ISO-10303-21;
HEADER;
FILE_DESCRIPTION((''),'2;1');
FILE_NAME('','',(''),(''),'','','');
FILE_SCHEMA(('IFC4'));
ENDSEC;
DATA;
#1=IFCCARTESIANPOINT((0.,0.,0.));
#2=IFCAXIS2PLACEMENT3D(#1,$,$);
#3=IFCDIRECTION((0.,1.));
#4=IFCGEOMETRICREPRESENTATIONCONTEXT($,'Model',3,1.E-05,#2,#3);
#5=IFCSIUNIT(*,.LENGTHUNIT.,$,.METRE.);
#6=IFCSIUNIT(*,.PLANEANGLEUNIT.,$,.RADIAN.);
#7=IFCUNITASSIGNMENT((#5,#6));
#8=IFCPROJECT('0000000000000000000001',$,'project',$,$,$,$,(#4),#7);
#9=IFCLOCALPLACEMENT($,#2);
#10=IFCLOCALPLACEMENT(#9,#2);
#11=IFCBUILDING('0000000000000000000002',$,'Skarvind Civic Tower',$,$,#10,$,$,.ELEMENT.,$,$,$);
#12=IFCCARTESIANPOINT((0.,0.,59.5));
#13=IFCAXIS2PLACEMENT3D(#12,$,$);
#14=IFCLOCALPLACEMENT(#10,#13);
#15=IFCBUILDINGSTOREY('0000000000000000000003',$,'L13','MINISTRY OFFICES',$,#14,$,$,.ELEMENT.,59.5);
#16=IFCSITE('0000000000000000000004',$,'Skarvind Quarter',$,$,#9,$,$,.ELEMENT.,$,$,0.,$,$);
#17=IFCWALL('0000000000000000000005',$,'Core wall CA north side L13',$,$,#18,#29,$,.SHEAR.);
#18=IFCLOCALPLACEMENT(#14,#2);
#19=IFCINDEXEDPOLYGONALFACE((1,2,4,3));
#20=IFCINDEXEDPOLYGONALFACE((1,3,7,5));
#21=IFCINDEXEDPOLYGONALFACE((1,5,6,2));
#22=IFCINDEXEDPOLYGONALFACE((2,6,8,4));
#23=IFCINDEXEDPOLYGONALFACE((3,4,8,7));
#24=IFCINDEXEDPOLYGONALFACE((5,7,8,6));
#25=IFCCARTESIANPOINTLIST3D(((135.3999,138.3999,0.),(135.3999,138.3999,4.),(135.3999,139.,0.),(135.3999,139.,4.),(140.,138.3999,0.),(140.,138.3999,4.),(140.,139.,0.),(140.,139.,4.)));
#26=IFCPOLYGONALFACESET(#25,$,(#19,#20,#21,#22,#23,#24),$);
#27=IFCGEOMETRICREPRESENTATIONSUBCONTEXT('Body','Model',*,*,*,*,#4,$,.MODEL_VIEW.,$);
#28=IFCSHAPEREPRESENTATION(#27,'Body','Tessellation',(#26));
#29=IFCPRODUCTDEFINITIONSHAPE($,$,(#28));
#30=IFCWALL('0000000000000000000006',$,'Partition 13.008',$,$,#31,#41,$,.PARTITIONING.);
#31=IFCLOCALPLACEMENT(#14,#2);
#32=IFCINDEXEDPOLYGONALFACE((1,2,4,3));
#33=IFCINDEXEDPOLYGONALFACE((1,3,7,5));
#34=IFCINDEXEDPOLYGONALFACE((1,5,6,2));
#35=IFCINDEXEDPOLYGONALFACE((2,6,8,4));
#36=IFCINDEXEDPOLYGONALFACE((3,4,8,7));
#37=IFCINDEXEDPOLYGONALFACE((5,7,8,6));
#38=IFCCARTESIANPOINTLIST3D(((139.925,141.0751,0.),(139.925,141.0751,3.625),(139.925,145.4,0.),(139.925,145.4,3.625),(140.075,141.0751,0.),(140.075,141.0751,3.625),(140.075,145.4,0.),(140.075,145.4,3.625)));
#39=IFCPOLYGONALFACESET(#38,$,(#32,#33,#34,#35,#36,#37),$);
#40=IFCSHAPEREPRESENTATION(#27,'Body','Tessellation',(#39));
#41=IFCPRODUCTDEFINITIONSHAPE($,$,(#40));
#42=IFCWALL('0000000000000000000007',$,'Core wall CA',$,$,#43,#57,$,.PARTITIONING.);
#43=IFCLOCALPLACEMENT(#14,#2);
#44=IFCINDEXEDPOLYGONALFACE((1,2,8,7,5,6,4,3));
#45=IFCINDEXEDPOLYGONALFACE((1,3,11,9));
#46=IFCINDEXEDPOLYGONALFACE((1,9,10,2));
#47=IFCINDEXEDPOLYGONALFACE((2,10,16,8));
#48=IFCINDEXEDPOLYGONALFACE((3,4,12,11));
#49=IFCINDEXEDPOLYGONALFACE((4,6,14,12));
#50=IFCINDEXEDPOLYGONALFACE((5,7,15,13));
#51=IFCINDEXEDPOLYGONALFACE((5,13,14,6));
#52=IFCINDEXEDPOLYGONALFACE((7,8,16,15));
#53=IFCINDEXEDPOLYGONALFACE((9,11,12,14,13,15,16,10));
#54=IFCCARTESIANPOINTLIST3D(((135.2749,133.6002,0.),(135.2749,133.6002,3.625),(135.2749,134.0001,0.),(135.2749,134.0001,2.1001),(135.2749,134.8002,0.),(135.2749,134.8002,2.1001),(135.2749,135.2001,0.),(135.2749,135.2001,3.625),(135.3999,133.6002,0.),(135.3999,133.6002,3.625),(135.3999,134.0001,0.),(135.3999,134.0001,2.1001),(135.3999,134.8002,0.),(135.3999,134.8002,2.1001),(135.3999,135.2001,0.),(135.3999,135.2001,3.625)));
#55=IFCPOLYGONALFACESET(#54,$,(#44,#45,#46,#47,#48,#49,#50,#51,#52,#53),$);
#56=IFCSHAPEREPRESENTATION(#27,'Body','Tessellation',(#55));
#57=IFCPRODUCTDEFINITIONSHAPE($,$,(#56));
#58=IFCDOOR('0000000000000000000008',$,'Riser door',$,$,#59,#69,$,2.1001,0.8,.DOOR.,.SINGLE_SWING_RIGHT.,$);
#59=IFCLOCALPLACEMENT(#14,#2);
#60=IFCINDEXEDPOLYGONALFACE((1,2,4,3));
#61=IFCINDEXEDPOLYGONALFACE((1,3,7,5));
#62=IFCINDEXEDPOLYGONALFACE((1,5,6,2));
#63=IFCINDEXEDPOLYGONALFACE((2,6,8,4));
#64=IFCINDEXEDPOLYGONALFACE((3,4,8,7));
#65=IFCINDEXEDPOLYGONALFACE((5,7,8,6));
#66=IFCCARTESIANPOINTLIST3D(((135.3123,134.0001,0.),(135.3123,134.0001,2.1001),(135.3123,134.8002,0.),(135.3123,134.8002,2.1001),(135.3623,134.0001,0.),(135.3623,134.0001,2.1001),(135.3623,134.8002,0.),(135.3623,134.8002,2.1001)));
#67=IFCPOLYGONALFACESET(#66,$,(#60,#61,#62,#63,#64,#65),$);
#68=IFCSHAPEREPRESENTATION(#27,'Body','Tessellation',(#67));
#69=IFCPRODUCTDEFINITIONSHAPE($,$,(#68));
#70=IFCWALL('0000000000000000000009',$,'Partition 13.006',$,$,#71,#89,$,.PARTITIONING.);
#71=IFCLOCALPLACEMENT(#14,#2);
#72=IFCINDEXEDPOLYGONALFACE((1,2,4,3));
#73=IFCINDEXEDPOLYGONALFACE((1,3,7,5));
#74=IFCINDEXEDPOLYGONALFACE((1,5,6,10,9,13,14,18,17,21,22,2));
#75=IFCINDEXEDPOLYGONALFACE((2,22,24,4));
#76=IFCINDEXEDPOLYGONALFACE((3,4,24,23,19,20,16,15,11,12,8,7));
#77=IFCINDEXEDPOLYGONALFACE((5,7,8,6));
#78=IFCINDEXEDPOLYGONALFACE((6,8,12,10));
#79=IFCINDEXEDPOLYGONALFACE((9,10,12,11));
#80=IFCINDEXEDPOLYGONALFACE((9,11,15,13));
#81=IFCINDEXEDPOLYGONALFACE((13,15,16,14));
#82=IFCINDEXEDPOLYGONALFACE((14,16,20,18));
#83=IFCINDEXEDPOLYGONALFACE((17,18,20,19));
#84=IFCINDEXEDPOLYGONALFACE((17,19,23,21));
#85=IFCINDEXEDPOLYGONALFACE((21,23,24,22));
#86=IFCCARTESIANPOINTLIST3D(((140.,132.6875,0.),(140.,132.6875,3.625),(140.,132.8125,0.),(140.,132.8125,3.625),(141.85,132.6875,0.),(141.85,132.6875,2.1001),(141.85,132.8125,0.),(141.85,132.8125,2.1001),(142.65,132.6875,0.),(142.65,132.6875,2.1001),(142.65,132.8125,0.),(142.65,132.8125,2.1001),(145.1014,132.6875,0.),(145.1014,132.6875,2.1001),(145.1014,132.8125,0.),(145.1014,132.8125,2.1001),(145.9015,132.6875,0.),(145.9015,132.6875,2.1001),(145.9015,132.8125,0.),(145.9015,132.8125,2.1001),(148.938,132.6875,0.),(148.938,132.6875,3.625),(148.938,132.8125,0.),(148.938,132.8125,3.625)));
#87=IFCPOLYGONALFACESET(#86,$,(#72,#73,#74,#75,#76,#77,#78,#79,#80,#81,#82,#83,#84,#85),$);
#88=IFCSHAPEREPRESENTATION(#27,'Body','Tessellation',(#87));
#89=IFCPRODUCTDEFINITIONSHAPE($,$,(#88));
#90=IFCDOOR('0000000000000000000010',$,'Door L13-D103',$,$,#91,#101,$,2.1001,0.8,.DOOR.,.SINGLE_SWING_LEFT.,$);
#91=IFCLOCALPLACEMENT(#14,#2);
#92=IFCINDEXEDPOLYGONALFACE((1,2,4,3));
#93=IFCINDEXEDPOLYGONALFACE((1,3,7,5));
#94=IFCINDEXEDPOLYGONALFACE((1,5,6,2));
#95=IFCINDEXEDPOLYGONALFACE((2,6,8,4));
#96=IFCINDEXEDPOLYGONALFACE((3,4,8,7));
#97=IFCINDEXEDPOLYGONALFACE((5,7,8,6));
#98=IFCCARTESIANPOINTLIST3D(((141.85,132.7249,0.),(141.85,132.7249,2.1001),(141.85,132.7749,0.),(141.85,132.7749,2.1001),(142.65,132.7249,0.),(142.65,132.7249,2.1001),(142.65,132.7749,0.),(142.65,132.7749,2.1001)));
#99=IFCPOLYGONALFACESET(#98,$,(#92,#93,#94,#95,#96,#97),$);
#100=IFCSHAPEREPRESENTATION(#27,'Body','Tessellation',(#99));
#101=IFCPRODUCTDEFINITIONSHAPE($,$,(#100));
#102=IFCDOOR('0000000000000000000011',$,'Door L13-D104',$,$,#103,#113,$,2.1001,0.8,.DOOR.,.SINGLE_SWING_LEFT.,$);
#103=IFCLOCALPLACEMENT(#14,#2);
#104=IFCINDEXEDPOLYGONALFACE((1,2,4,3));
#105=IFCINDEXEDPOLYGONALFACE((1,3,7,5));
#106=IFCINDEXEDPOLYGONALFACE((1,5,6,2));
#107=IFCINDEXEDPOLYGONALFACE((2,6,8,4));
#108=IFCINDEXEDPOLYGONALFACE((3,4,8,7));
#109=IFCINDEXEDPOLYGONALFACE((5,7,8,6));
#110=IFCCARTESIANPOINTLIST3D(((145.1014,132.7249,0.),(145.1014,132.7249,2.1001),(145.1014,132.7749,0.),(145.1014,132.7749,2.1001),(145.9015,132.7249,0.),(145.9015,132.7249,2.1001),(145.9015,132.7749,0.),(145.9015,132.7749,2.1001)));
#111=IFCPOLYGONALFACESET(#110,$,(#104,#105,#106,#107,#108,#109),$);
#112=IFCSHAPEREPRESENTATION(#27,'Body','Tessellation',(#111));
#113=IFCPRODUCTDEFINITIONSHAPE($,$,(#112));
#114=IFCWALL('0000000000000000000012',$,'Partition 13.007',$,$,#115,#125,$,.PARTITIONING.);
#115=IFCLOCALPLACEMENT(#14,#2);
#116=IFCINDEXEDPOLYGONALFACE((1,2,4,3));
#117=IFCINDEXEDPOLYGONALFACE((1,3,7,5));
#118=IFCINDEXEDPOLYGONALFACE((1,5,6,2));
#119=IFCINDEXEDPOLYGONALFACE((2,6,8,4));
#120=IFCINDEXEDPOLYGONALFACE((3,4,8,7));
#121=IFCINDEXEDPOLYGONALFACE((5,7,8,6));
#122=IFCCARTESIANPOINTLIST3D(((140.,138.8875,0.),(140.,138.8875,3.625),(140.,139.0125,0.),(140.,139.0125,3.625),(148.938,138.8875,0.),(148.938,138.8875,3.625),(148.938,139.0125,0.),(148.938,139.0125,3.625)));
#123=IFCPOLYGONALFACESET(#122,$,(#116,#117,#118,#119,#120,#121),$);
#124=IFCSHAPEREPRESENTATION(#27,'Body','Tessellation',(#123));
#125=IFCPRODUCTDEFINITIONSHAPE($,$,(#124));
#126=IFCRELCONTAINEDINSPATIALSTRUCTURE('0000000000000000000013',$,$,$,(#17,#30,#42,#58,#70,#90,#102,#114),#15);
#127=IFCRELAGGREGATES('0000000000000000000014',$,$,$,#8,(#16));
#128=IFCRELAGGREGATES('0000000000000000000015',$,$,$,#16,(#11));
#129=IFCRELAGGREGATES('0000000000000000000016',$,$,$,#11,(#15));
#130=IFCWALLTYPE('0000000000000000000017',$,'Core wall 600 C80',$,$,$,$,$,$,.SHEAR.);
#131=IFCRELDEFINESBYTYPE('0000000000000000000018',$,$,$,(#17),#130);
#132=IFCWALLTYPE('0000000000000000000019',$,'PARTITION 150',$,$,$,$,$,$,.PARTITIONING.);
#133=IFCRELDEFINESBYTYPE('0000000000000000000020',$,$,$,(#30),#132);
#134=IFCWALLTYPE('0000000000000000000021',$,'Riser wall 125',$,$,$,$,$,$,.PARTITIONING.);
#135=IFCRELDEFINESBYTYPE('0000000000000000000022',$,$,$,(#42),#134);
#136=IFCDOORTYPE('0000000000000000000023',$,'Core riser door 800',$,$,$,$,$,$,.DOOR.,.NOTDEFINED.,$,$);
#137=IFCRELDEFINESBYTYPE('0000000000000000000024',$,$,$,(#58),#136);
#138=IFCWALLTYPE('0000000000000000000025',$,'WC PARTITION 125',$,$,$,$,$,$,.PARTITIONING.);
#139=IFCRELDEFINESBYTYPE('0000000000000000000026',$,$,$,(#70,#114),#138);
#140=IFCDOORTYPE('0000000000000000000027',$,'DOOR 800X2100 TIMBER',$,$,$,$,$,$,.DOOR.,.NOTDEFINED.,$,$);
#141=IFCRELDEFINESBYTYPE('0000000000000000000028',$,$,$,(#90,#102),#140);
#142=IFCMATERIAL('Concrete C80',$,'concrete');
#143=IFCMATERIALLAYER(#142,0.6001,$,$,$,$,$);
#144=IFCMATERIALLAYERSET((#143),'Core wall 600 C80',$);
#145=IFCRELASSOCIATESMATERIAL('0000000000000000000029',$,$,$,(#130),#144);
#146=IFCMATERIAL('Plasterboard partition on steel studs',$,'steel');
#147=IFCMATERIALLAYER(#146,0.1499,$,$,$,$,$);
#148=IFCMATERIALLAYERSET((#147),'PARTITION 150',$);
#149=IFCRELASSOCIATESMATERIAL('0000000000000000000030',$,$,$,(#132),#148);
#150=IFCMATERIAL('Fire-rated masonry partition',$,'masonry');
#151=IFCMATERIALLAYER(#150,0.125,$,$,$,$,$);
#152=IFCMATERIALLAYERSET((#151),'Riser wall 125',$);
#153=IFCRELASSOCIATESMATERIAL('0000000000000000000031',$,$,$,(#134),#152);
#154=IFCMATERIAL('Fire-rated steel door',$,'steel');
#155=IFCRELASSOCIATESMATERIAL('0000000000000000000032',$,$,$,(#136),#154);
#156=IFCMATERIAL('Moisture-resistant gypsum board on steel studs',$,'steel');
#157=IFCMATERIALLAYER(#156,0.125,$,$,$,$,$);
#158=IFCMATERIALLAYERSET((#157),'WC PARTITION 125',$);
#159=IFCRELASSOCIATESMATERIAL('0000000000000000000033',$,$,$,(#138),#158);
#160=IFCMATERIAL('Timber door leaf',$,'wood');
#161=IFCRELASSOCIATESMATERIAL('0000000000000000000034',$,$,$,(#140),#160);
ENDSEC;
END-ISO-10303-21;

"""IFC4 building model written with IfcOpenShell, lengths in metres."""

from ifc_helpers import new_model, si_unit, direction, frame, frame_2d, origin, place, context, subcontext, project, spatial, rectangle, extrude, material, layer, layer_set, type_object, element, fill, save


model = new_model("IFC4")

# Units and contexts
model_context = context("Model", 3, precision=1e-05, world=origin(), true_north=direction((0.0, 1.0)))
body_context = subcontext(model_context, "Body", "Model", "MODEL_VIEW")
ifc_project = project(units=[si_unit("LENGTHUNIT", "METRE"), si_unit("PLANEANGLEUNIT", "RADIAN")], contexts=[model_context])

# Site, building, storey
site_placement = place(None, origin())
site = spatial("IfcSite", under=ifc_project, at=site_placement, Name="Skarvind Quarter", CompositionType="ELEMENT", RefElevation=0.0)
building_placement = place(site_placement, origin())
building = spatial("IfcBuilding", under=site, at=building_placement, Name="Skarvind Civic Tower", CompositionType="ELEMENT")
storey_placement = place(building_placement, frame((0.0, 0.0, 59.5)))
storey = spatial("IfcBuildingStorey", under=building, at=storey_placement, Name="L13", Description="MINISTRY OFFICES", CompositionType="ELEMENT", Elevation=59.5)

# Shared definitions
ifc_material_1 = material(Name="Timber door leaf", Category="wood")

# Shared definitions
ifc_material_2 = material(Name="Fire-rated masonry partition", Category="masonry")
ifc_material_3 = material(Name="Fire-rated steel door", Category="steel")
ifc_material_4 = material(Name="Concrete C80", Category="concrete")

# Walls
ifc_layer_1 = layer(ifc_material_4, 0.6001)
ifc_layer_set_1 = layer_set([ifc_layer_1], Name="Core wall 600 C80")
wall_type_1 = type_object("IfcWallType", Name="Core wall 600 C80", PredefinedType="SHEAR", material=ifc_layer_set_1)
wall_1_placement = place(storey_placement, frame((135.3999, 138.7, 0.0), z_axis=(0.0, 0.0, 1.0), x_axis=(1.0, 0.0, 0.0)))
element("IfcWall", 1, at=wall_1_placement, inside=storey, type_object=wall_type_1, Name="Core wall CA north side L13", PredefinedType="SHEAR", context=body_context, shape_type="SweptSolid", body=[
    extrude(rectangle(XDim=4.6001, YDim=0.6001, at=frame_2d((2.3, 0.0))), origin(), (0.0, 0.0, 1.0), 4.0),
])
ifc_material_5 = material(Name="Plasterboard partition on steel studs", Category="steel")
ifc_layer_2 = layer(ifc_material_5, 0.1499)
ifc_layer_set_2 = layer_set([ifc_layer_2], Name="PARTITION 150")
wall_type_2 = type_object("IfcWallType", Name="PARTITION 150", PredefinedType="PARTITIONING", material=ifc_layer_set_2)
wall_2_placement = place(storey_placement, frame((140.0, 141.075, 0.0), z_axis=(0.0, 0.0, 1.0), x_axis=(0.0, 1.0, 0.0)))
element("IfcWall", 2, at=wall_2_placement, inside=storey, type_object=wall_type_2, Name="Partition 13.008", PredefinedType="PARTITIONING", context=body_context, shape_type="SweptSolid", body=[
    extrude(rectangle(XDim=4.325, YDim=0.1499, at=frame_2d((2.1626, 0.0))), origin(), (0.0, 0.0, 1.0), 3.625),
])

# Wall, opening, door
ifc_layer_3 = layer(ifc_material_2, 0.125)
ifc_layer_set_3 = layer_set([ifc_layer_3], Name="Riser wall 125")
wall_type_3 = type_object("IfcWallType", Name="Riser wall 125", PredefinedType="PARTITIONING", material=ifc_layer_set_3)
wall_3_placement = place(storey_placement, frame((135.3374, 135.2, 0.0), z_axis=(0.0, 0.0, 1.0), x_axis=(0.0, -1.0, 0.0)))
wall_3 = element("IfcWall", 3, at=wall_3_placement, inside=storey, type_object=wall_type_3, Name="Core wall CA", PredefinedType="PARTITIONING", context=body_context, shape_type="SweptSolid", body=[
    extrude(rectangle(XDim=1.5999, YDim=0.125, at=frame_2d((0.7998, 0.0))), origin(), (0.0, 0.0, 1.0), 3.625),
])
opening_1_placement = place(wall_3_placement, frame((0.3999, 0.0, 0.0)))
opening_1 = element("IfcOpeningElement", 4, at=opening_1_placement, cuts=wall_3, PredefinedType="OPENING", context=body_context, shape_type="SweptSolid", body=[
    extrude(rectangle(XDim=0.8, YDim=2.1001, at=frame_2d((0.3999, 1.05))), frame((0.0, 0.0725, 0.0), z_axis=(0.0, -1.0, 0.0), x_axis=(1.0, 0.0, 0.0)), (0.0, 0.0, 1.0), 0.145),
])
door_type_1 = type_object("IfcDoorType", Name="Core riser door 800", OperationType="NOTDEFINED", PredefinedType="DOOR", material=ifc_material_3)
door_1_placement = place(opening_1_placement, origin())
door_1 = element("IfcDoor", 5, at=door_1_placement, inside=storey, type_object=door_type_1, Name="Riser door", OperationType="SINGLE_SWING_RIGHT", OverallHeight=2.1001, OverallWidth=0.8, PredefinedType="DOOR", context=body_context, shape_type="SweptSolid", body=[
    extrude(rectangle(XDim=0.8, YDim=2.1001, at=frame_2d((0.3999, 1.05))), frame((0.0, 0.0249, 0.0), z_axis=(0.0, -1.0, 0.0), x_axis=(1.0, 0.0, 0.0)), (0.0, 0.0, 1.0), 0.05),
])
fill(opening_1, door_1)

# Wall, openings, doors
ifc_material_6 = material(Name="Moisture-resistant gypsum board on steel studs", Category="steel")
ifc_layer_4 = layer(ifc_material_6, 0.125)
ifc_layer_set_4 = layer_set([ifc_layer_4], Name="WC PARTITION 125")
wall_type_4 = type_object("IfcWallType", Name="WC PARTITION 125", PredefinedType="PARTITIONING", material=ifc_layer_set_4)
wall_4_placement = place(storey_placement, frame((140.0, 132.75, 0.0), z_axis=(0.0, 0.0, 1.0), x_axis=(1.0, 0.0, 0.0)))
wall_4 = element("IfcWall", 6, at=wall_4_placement, inside=storey, type_object=wall_type_4, Name="Partition 13.006", PredefinedType="PARTITIONING", context=body_context, shape_type="SweptSolid", body=[
    extrude(rectangle(XDim=8.938, YDim=0.125, at=frame_2d((4.469, 0.0))), origin(), (0.0, 0.0, 1.0), 3.625),
])
opening_2_placement = place(wall_4_placement, frame((1.8501, 0.0, 0.0)))
opening_2 = element("IfcOpeningElement", 7, at=opening_2_placement, cuts=wall_4, PredefinedType="OPENING", context=body_context, shape_type="SweptSolid", body=[
    extrude(rectangle(XDim=0.8, YDim=2.1001, at=frame_2d((0.3999, 1.05))), frame((0.0, 0.0725, 0.0), z_axis=(0.0, -1.0, 0.0), x_axis=(1.0, 0.0, 0.0)), (0.0, 0.0, 1.0), 0.145),
])
opening_3_placement = place(wall_4_placement, frame((5.1016, 0.0, 0.0)))
opening_3 = element("IfcOpeningElement", 8, at=opening_3_placement, cuts=wall_4, PredefinedType="OPENING", context=body_context, shape_type="SweptSolid", body=[
    extrude(rectangle(XDim=0.8, YDim=2.1001, at=frame_2d((0.3999, 1.05))), frame((0.0, 0.0725, 0.0), z_axis=(0.0, -1.0, 0.0), x_axis=(1.0, 0.0, 0.0)), (0.0, 0.0, 1.0), 0.145),
])
door_type_2 = type_object("IfcDoorType", Name="DOOR 800X2100 TIMBER", OperationType="NOTDEFINED", PredefinedType="DOOR", material=ifc_material_1)
door_2_placement = place(opening_2_placement, origin())
door_2 = element("IfcDoor", 9, at=door_2_placement, inside=storey, type_object=door_type_2, Name="Door L13-D103", OperationType="SINGLE_SWING_LEFT", OverallHeight=2.1001, OverallWidth=0.8, PredefinedType="DOOR", context=body_context, shape_type="SweptSolid", body=[
    extrude(rectangle(XDim=0.8, YDim=2.1001, at=frame_2d((0.3999, 1.05))), frame((0.0, 0.0249, 0.0), z_axis=(0.0, -1.0, 0.0), x_axis=(1.0, 0.0, 0.0)), (0.0, 0.0, 1.0), 0.05),
])
fill(opening_2, door_2)
door_3_placement = place(opening_3_placement, origin())
door_3 = element("IfcDoor", 10, at=door_3_placement, inside=storey, type_object=door_type_2, Name="Door L13-D104", OperationType="SINGLE_SWING_LEFT", OverallHeight=2.1001, OverallWidth=0.8, PredefinedType="DOOR", context=body_context, shape_type="SweptSolid", body=[
    extrude(rectangle(XDim=0.8, YDim=2.1001, at=frame_2d((0.3999, 1.05))), frame((0.0, 0.0249, 0.0), z_axis=(0.0, -1.0, 0.0), x_axis=(1.0, 0.0, 0.0)), (0.0, 0.0, 1.0), 0.05),
])
fill(opening_3, door_3)

# Wall
wall_5_placement = place(storey_placement, frame((140.0, 138.95, 0.0), z_axis=(0.0, 0.0, 1.0), x_axis=(1.0, 0.0, 0.0)))
element("IfcWall", 11, at=wall_5_placement, inside=storey, type_object=wall_type_4, Name="Partition 13.007", PredefinedType="PARTITIONING", context=body_context, shape_type="SweptSolid", body=[
    extrude(rectangle(XDim=8.938, YDim=0.125, at=frame_2d((4.469, 0.0))), origin(), (0.0, 0.0, 1.0), 3.625),
])

save(model, "model.ifc")
